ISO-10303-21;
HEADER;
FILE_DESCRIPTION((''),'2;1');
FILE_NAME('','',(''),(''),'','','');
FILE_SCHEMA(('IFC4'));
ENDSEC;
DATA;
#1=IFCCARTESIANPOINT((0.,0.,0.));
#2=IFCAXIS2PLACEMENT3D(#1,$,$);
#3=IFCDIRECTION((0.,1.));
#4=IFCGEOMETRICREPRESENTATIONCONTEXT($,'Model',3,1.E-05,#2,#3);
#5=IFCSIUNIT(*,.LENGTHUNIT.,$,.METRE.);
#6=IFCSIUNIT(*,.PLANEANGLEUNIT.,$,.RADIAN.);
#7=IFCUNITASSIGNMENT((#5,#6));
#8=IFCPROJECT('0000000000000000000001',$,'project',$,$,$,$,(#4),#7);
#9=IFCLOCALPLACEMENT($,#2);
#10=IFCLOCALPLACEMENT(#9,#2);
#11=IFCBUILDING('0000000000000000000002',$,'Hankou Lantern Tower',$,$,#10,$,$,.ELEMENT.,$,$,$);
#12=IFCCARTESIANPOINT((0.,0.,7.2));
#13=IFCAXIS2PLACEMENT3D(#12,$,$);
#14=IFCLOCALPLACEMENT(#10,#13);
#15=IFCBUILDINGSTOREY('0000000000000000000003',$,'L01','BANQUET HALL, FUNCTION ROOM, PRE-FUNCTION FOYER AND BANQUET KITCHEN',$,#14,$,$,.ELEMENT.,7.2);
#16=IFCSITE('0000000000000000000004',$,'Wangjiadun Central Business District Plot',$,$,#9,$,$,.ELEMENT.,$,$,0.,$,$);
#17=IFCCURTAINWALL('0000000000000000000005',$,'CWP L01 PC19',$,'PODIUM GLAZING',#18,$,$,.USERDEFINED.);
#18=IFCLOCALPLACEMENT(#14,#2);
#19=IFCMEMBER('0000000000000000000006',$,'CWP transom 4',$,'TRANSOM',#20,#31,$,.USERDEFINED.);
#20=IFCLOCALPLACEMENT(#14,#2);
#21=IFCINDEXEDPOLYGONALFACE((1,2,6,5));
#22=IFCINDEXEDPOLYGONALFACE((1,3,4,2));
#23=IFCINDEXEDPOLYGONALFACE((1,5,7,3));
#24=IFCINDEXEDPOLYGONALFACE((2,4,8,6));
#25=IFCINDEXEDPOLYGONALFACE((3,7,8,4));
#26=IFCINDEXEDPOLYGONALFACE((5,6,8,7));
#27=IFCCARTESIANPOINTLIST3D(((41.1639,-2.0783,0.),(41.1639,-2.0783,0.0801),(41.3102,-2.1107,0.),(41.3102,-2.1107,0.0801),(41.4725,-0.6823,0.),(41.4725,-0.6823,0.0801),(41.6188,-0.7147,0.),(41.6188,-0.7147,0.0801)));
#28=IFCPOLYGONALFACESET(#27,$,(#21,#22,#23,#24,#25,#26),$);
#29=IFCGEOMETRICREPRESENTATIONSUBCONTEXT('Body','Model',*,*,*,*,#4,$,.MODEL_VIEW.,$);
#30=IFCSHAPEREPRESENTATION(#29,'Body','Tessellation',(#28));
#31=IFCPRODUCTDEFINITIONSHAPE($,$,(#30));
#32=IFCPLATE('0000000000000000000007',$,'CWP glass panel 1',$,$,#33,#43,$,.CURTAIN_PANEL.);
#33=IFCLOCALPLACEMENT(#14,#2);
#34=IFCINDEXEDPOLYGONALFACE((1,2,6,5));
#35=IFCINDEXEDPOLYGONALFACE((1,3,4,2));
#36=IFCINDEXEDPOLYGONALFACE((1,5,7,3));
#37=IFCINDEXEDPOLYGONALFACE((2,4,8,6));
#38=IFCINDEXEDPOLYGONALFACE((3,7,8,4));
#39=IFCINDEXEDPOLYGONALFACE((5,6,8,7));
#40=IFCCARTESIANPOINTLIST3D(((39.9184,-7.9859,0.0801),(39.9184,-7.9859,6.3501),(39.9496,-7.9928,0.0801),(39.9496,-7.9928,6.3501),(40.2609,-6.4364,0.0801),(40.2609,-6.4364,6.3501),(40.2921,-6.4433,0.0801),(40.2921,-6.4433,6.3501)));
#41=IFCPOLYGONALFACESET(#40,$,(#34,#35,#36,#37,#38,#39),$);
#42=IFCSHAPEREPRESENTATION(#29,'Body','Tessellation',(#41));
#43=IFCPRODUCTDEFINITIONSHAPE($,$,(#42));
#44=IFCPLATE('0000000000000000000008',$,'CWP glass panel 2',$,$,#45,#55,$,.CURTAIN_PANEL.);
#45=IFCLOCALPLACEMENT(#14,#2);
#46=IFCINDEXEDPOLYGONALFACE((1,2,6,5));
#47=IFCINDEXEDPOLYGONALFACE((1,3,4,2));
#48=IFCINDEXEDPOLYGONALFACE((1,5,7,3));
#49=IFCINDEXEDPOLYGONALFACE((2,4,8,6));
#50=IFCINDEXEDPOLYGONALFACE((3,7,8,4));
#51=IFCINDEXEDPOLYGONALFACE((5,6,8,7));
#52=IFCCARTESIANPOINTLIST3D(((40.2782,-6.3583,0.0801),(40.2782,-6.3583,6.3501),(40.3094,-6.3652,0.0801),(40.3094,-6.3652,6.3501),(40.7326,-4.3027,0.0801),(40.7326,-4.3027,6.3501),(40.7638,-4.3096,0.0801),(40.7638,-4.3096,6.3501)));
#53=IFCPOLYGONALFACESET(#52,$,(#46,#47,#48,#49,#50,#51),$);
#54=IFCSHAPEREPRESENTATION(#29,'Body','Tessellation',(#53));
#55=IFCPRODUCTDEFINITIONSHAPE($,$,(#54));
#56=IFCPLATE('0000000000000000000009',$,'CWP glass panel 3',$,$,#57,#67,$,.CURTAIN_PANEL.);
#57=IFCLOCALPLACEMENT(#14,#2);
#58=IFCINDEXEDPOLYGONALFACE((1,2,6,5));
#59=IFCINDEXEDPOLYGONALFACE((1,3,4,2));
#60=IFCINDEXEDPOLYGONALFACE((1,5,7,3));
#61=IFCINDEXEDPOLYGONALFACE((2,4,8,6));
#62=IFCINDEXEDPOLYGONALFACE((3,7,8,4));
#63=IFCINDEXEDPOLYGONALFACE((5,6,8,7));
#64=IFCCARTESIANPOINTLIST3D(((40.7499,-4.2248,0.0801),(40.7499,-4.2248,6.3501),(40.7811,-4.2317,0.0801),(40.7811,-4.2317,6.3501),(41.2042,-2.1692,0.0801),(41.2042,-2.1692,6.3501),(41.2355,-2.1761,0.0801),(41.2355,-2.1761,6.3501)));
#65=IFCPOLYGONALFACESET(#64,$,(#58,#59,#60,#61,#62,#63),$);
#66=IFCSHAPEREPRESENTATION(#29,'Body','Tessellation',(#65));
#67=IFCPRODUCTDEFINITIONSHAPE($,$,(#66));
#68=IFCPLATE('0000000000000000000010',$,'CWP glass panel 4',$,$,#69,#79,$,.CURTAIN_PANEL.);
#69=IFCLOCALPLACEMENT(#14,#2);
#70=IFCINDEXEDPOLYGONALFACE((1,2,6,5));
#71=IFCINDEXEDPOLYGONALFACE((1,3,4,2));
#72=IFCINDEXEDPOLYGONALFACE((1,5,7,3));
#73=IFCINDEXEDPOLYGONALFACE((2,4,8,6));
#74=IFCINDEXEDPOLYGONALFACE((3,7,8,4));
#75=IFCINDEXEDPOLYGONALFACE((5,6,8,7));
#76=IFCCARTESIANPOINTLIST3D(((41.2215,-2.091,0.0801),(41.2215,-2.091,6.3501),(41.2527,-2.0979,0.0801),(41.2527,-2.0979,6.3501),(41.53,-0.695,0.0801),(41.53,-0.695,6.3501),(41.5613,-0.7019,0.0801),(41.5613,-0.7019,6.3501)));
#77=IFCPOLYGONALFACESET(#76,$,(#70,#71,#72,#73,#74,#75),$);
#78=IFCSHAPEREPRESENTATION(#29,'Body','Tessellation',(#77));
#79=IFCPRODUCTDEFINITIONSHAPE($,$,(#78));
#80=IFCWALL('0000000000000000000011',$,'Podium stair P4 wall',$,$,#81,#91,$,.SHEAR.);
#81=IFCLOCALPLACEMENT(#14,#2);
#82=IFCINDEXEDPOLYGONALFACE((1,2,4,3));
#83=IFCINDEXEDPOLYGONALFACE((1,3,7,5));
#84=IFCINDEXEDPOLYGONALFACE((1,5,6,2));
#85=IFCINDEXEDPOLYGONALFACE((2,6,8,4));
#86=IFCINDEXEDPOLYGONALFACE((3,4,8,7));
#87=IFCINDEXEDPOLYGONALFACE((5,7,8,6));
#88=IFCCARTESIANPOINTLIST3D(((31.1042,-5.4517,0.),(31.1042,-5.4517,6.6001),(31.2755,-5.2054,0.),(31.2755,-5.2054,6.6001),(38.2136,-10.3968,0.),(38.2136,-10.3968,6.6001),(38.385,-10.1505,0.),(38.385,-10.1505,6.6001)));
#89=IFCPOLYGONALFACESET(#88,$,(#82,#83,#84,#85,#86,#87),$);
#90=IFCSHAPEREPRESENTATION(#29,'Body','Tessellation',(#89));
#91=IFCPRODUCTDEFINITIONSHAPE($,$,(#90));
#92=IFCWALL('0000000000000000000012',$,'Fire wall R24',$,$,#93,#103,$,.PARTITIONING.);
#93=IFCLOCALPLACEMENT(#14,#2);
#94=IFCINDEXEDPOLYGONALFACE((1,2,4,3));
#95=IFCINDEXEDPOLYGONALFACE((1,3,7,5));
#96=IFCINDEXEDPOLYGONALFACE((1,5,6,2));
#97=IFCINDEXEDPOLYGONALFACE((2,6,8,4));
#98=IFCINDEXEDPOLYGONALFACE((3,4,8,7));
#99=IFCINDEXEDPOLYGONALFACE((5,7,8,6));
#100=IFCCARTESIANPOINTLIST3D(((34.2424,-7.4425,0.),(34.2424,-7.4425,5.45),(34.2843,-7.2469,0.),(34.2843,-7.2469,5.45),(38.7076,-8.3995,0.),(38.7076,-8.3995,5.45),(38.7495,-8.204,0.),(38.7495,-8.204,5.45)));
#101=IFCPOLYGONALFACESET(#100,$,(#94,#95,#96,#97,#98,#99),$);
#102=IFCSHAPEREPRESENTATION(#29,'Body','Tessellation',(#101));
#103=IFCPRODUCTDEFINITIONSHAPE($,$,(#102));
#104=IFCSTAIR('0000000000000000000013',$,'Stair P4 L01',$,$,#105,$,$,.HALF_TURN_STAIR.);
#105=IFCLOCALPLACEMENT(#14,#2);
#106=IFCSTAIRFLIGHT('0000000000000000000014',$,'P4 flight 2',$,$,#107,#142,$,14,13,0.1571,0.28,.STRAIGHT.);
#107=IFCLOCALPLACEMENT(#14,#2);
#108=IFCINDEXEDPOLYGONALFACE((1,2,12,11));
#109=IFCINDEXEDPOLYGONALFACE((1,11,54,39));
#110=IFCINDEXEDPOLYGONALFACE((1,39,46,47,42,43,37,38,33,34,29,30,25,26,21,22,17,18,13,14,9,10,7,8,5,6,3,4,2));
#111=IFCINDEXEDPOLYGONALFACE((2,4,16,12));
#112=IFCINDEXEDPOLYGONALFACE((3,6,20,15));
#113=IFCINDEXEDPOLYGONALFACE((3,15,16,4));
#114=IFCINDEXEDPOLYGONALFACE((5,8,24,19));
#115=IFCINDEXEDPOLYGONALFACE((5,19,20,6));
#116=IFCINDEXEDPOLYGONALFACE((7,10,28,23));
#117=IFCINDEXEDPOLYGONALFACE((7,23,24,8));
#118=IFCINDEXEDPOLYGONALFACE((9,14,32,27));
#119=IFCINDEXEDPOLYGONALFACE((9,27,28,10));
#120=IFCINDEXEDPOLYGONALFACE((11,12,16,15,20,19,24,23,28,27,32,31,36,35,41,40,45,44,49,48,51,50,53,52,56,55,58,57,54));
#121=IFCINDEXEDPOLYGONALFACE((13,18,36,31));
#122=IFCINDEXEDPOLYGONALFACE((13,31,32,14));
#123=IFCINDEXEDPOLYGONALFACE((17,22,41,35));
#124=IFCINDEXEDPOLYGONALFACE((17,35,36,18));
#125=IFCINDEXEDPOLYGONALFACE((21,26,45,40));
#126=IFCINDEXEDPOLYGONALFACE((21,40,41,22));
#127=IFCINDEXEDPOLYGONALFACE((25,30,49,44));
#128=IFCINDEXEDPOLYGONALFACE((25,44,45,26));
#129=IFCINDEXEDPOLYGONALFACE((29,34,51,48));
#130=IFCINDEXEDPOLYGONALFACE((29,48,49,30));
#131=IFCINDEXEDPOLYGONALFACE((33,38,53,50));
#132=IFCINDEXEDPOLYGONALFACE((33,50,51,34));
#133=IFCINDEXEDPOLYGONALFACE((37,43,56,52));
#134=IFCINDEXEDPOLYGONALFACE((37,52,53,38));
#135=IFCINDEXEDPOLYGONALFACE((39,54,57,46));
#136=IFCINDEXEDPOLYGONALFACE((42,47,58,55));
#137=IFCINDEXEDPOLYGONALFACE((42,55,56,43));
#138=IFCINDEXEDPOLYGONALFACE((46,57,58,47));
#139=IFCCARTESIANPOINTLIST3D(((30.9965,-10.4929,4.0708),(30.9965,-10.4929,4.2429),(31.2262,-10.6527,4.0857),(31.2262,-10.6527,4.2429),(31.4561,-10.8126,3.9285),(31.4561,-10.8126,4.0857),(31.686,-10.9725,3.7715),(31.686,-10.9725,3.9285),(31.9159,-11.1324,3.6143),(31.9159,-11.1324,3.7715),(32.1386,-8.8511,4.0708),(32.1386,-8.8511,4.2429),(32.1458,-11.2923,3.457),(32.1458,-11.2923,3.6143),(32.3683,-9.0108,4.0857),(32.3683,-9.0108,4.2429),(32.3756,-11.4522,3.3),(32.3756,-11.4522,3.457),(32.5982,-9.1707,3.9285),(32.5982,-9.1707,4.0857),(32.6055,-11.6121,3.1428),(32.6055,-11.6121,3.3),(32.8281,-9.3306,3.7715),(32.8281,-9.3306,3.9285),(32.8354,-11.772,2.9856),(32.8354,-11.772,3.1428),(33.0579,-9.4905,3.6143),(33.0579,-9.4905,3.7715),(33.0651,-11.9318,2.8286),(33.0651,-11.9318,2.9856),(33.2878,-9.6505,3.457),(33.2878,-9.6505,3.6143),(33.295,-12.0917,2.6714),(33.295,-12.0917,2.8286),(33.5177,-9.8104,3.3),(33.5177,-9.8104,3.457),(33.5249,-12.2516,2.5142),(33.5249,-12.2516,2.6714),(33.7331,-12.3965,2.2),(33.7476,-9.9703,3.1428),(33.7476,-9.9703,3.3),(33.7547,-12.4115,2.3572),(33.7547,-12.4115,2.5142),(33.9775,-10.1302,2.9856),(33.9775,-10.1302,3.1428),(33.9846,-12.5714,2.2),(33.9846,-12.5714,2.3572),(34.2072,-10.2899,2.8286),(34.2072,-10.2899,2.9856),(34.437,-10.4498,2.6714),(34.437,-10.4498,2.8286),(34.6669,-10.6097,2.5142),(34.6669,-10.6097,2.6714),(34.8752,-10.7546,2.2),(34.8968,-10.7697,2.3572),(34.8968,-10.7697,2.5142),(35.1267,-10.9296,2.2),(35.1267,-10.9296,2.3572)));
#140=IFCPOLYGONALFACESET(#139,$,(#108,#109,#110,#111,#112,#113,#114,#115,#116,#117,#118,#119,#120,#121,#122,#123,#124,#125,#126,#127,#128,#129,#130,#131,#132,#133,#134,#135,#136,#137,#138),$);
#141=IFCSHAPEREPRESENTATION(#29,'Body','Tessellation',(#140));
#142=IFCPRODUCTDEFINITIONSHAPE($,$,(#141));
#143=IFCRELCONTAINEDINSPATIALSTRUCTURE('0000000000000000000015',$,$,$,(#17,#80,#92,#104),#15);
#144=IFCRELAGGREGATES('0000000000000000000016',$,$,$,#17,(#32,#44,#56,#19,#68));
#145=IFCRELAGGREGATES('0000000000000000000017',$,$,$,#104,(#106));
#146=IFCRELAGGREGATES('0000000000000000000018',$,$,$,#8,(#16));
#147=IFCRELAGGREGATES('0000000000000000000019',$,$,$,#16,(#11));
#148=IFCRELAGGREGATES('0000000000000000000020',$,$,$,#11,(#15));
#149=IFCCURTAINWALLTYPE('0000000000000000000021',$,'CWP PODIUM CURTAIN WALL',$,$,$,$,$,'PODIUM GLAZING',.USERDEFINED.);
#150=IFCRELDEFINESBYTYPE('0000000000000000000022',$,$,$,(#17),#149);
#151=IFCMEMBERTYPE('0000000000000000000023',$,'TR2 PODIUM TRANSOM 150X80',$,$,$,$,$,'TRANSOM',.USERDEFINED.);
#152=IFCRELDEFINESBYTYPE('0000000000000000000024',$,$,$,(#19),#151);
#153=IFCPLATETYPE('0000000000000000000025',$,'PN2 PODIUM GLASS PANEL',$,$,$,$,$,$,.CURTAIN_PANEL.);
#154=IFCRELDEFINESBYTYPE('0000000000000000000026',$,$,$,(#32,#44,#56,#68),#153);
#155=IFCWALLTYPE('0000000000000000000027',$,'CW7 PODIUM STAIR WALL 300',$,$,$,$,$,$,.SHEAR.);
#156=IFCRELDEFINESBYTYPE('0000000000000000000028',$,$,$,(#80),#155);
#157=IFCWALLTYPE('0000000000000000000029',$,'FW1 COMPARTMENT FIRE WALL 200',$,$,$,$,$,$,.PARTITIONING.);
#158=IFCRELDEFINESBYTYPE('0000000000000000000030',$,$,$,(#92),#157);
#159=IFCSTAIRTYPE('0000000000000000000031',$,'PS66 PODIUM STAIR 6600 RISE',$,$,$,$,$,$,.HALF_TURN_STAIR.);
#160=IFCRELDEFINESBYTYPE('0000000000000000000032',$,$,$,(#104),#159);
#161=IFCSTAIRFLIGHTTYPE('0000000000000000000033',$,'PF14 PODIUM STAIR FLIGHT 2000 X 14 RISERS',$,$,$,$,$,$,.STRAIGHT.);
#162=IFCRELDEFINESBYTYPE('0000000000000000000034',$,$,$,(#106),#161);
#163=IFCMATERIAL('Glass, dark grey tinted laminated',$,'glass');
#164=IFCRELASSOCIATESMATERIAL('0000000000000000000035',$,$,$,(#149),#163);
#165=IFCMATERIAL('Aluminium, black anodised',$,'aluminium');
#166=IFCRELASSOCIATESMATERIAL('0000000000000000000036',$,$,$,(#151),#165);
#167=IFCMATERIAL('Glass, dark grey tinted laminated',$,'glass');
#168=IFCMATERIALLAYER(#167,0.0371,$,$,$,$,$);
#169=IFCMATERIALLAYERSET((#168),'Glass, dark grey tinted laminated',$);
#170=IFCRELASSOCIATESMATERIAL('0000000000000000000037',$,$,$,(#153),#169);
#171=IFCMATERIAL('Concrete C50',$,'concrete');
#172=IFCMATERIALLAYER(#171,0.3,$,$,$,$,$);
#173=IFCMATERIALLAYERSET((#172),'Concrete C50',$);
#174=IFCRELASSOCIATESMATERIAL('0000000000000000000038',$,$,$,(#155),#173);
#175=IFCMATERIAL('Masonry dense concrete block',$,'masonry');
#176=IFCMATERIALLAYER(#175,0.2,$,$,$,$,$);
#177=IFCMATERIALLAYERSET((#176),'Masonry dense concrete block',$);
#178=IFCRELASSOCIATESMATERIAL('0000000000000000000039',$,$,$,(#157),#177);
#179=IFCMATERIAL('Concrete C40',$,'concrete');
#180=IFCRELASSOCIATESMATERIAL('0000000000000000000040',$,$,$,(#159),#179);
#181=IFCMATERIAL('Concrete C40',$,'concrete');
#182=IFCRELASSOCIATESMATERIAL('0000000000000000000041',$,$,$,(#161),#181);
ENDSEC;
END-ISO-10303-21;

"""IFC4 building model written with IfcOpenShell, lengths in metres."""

from ifc_helpers import new_model, si_unit, direction, frame, frame_2d, origin, origin_2d, place, context, subcontext, project, spatial, polyline, rectangle, outline, extrude, material, layer, layer_set, material_profile, profile_set, type_object, element, aggregate, save


model = new_model("IFC4")

# Units and contexts
model_context = context("Model", 3, precision=1e-05, world=origin(), true_north=direction((0.0, 1.0)))
body_context = subcontext(model_context, "Body", "Model", "MODEL_VIEW")
ifc_project = project(units=[si_unit("LENGTHUNIT", "METRE"), si_unit("PLANEANGLEUNIT", "RADIAN")], contexts=[model_context])

# Site, building, storey
site_placement = place(None, origin())
site = spatial("IfcSite", under=ifc_project, at=site_placement, Name="Wangjiadun Central Business District Plot", CompositionType="ELEMENT", RefElevation=0.0)
building_placement = place(site_placement, origin())
building = spatial("IfcBuilding", under=site, at=building_placement, Name="Hankou Lantern Tower", CompositionType="ELEMENT")
storey_placement = place(building_placement, frame((0.0, 0.0, 7.2)))
storey = spatial("IfcBuildingStorey", under=building, at=storey_placement, Name="L01", Description="BANQUET HALL, FUNCTION ROOM, PRE-FUNCTION FOYER AND BANQUET KITCHEN", CompositionType="ELEMENT", Elevation=7.2)

# Curtain wall
ifc_material_1 = material(Name="Glass, dark grey tinted laminated", Category="glass")
curtain_wall_type = type_object("IfcCurtainWallType", Name="CWP PODIUM CURTAIN WALL", ElementType="PODIUM GLAZING", PredefinedType="USERDEFINED", material=ifc_material_1)
curtain_wall_placement = place(storey_placement, origin())
curtain_wall = element("IfcCurtainWall", 1, at=curtain_wall_placement, inside=storey, type_object=curtain_wall_type, Name="CWP L01 PC19", ObjectType="PODIUM GLAZING", PredefinedType="USERDEFINED")

# Member
ifc_material_2 = material(Name="Aluminium, black anodised", Category="aluminium")
ifc_material_profile_1 = material_profile(ifc_material_2, rectangle(XDim=0.1499, YDim=0.0801, at=origin_2d()), Name="TR2 150X80")
ifc_profile_set_1 = profile_set([ifc_material_profile_1], Name="Aluminium, black anodised")
member_type_1 = type_object("IfcMemberType", Name="TR2 PODIUM TRANSOM 150X80", ElementType="TRANSOM", PredefinedType="USERDEFINED", material=ifc_profile_set_1)
member_1_placement = place(storey_placement, frame((41.2371, -2.0945, 0.04), z_axis=(0.215845, 0.976428, 0.0), x_axis=(-0.976428, 0.215845, 0.0)))
member_1 = element("IfcMember", 2, at=member_1_placement, type_object=member_type_1, Name="CWP transom 4", ObjectType="TRANSOM", PredefinedType="USERDEFINED", context=body_context, shape_type="SweptSolid", body=[
    extrude(rectangle(XDim=0.1499, YDim=0.0801, at=origin_2d()), origin(), (0.0, 0.0, 1.0), 1.4297),
])

# Plates
ifc_material_3 = material(Name="Glass, dark grey tinted laminated", Category="glass")
ifc_layer_1 = layer(ifc_material_3, 0.0371)
ifc_layer_set_1 = layer_set([ifc_layer_1], Name="Glass, dark grey tinted laminated")
plate_type = type_object("IfcPlateType", Name="PN2 PODIUM GLASS PANEL", PredefinedType="CURTAIN_PANEL", material=ifc_layer_set_1)
plate_1_placement = place(storey_placement, frame((40.1052, -7.2146, 0.0801), z_axis=(0.0, 0.0, 1.0), x_axis=(0.215821, 0.976433, 0.0)))
plate_1 = element("IfcPlate", 3, at=plate_1_placement, type_object=plate_type, Name="CWP glass panel 1", PredefinedType="CURTAIN_PANEL", context=body_context, shape_type="SweptSolid", body=[
    extrude(rectangle(XDim=1.5869, YDim=0.032, at=origin_2d()), origin(), (0.0, 0.0, 1.0), 6.27),
])
plate_2_placement = place(storey_placement, frame((40.521, -5.334, 0.0801), z_axis=(0.0, 0.0, 1.0), x_axis=(0.215821, 0.976433, 0.0)))
plate_2 = element("IfcPlate", 4, at=plate_2_placement, type_object=plate_type, Name="CWP glass panel 2", PredefinedType="CURTAIN_PANEL", context=body_context, shape_type="SweptSolid", body=[
    extrude(rectangle(XDim=2.1052, YDim=0.032, at=origin_2d()), origin(), (0.0, 0.0, 1.0), 6.27),
])
plate_3_placement = place(storey_placement, frame((40.9927, -3.2004, 0.0801), z_axis=(0.0, 0.0, 1.0), x_axis=(0.215821, 0.976433, 0.0)))
plate_3 = element("IfcPlate", 5, at=plate_3_placement, type_object=plate_type, Name="CWP glass panel 3", PredefinedType="CURTAIN_PANEL", context=body_context, shape_type="SweptSolid", body=[
    extrude(rectangle(XDim=2.1052, YDim=0.032, at=origin_2d()), origin(), (0.0, 0.0, 1.0), 6.27),
])
plate_4_placement = place(storey_placement, frame((41.3914, -1.3965, 0.0801), z_axis=(0.0, 0.0, 1.0), x_axis=(0.215821, 0.976433, 0.0)))
plate_4 = element("IfcPlate", 6, at=plate_4_placement, type_object=plate_type, Name="CWP glass panel 4", PredefinedType="CURTAIN_PANEL", context=body_context, shape_type="SweptSolid", body=[
    extrude(rectangle(XDim=1.4297, YDim=0.032, at=origin_2d()), origin(), (0.0, 0.0, 1.0), 6.27),
])
aggregate(curtain_wall, [plate_1, plate_2, plate_3, member_1, plate_4])

# Walls
ifc_material_4 = material(Name="Concrete C50", Category="concrete")
ifc_layer_2 = layer(ifc_material_4, 0.3)
ifc_layer_set_2 = layer_set([ifc_layer_2], Name="Concrete C50")
wall_type_1 = type_object("IfcWallType", Name="CW7 PODIUM STAIR WALL 300", PredefinedType="SHEAR", material=ifc_layer_set_2)
wall_1_placement = place(storey_placement, frame((38.2993, -10.2737, 0.0), z_axis=(0.0, 0.0, 1.0), x_axis=(-0.820937, 0.571019, 0.0)))
element("IfcWall", 7, at=wall_1_placement, inside=storey, type_object=wall_type_1, Name="Podium stair P4 wall", PredefinedType="SHEAR", context=body_context, shape_type="SweptSolid", body=[
    extrude(rectangle(XDim=8.6602, YDim=0.3, at=frame_2d((4.3301, 0.0))), origin(), (0.0, 0.0, 1.0), 6.6001),
])
ifc_material_5 = material(Name="Masonry dense concrete block", Category="masonry")
ifc_layer_3 = layer(ifc_material_5, 0.2)
ifc_layer_set_3 = layer_set([ifc_layer_3], Name="Masonry dense concrete block")
wall_type_2 = type_object("IfcWallType", Name="FW1 COMPARTMENT FIRE WALL 200", PredefinedType="PARTITIONING", material=ifc_layer_set_3)
wall_2_placement = place(storey_placement, frame((34.2634, -7.3447, 0.0), z_axis=(0.0, 0.0, 1.0), x_axis=(0.977795, -0.209566, 0.0)))
element("IfcWall", 8, at=wall_2_placement, inside=storey, type_object=wall_type_2, Name="Fire wall R24", PredefinedType="PARTITIONING", context=body_context, shape_type="SweptSolid", body=[
    extrude(rectangle(XDim=4.5667, YDim=0.2, at=frame_2d((2.2832, 0.0))), origin(), (0.0, 0.0, 1.0), 5.45),
])

# Stair, stair flight
ifc_material_6 = material(Name="Concrete C40", Category="concrete")
stair_type = type_object("IfcStairType", Name="PS66 PODIUM STAIR 6600 RISE", PredefinedType="HALF_TURN_STAIR", material=ifc_material_6)
stair_placement = place(storey_placement, origin())
stair = element("IfcStair", 9, at=stair_placement, inside=storey, type_object=stair_type, Name="Stair P4 L01", PredefinedType="HALF_TURN_STAIR")
ifc_material_7 = material(Name="Concrete C40", Category="concrete")
stair_flight_type = type_object("IfcStairFlightType", Name="PF14 PODIUM STAIR FLIGHT 2000 X 14 RISERS", PredefinedType="STRAIGHT", material=ifc_material_7)
stair_flight_placement = place(storey_placement, frame((34.5557, -11.7505, 2.2), z_axis=(0.0, 0.0, 1.0), x_axis=(-0.820927, 0.571033, 0.0)))
stair_flight = element("IfcStairFlight", 10, at=stair_flight_placement, type_object=stair_flight_type, Name="P4 flight 2", NumberOfRisers=14, NumberOfTreads=13, PredefinedType="STRAIGHT", RiserHeight=0.1571, TreadLength=0.28, context=body_context, shape_type="SweptSolid", body=[
    extrude(outline(polyline([(0.0, 0.0), (0.0, 0.1572), (0.28, 0.1572), (0.28, 0.3142), (0.5601, 0.3142), (0.5601, 0.4714), (0.8401, 0.4714), (0.8401, 0.6287), (1.1201, 0.6287), (1.1201, 0.7856), (1.3999, 0.7856), (1.3999, 0.9429), (1.6799, 0.9429), (1.6799, 1.1001), (1.96, 1.1001), (1.96, 1.2571), (2.24, 1.2571), (2.24, 1.4143), (2.52, 1.4143), (2.52, 1.5715), (2.8, 1.5715), (2.8, 1.7285), (3.0801, 1.7285), (3.0801, 1.8857), (3.3601, 1.8857), (3.3601, 2.043), (3.6399, 2.043), (3.6399, 2.2), (3.6399, 1.8708), (0.3064, 0.0), (0.0, 0.0)])), frame((0.0, 1.0, 0.0), z_axis=(0.0, -1.0, 0.0), x_axis=(1.0, 0.0, 0.0)), (0.0, 0.0, 1.0), 2.0),
])
aggregate(stair, [stair_flight])

save(model, "model.ifc")
